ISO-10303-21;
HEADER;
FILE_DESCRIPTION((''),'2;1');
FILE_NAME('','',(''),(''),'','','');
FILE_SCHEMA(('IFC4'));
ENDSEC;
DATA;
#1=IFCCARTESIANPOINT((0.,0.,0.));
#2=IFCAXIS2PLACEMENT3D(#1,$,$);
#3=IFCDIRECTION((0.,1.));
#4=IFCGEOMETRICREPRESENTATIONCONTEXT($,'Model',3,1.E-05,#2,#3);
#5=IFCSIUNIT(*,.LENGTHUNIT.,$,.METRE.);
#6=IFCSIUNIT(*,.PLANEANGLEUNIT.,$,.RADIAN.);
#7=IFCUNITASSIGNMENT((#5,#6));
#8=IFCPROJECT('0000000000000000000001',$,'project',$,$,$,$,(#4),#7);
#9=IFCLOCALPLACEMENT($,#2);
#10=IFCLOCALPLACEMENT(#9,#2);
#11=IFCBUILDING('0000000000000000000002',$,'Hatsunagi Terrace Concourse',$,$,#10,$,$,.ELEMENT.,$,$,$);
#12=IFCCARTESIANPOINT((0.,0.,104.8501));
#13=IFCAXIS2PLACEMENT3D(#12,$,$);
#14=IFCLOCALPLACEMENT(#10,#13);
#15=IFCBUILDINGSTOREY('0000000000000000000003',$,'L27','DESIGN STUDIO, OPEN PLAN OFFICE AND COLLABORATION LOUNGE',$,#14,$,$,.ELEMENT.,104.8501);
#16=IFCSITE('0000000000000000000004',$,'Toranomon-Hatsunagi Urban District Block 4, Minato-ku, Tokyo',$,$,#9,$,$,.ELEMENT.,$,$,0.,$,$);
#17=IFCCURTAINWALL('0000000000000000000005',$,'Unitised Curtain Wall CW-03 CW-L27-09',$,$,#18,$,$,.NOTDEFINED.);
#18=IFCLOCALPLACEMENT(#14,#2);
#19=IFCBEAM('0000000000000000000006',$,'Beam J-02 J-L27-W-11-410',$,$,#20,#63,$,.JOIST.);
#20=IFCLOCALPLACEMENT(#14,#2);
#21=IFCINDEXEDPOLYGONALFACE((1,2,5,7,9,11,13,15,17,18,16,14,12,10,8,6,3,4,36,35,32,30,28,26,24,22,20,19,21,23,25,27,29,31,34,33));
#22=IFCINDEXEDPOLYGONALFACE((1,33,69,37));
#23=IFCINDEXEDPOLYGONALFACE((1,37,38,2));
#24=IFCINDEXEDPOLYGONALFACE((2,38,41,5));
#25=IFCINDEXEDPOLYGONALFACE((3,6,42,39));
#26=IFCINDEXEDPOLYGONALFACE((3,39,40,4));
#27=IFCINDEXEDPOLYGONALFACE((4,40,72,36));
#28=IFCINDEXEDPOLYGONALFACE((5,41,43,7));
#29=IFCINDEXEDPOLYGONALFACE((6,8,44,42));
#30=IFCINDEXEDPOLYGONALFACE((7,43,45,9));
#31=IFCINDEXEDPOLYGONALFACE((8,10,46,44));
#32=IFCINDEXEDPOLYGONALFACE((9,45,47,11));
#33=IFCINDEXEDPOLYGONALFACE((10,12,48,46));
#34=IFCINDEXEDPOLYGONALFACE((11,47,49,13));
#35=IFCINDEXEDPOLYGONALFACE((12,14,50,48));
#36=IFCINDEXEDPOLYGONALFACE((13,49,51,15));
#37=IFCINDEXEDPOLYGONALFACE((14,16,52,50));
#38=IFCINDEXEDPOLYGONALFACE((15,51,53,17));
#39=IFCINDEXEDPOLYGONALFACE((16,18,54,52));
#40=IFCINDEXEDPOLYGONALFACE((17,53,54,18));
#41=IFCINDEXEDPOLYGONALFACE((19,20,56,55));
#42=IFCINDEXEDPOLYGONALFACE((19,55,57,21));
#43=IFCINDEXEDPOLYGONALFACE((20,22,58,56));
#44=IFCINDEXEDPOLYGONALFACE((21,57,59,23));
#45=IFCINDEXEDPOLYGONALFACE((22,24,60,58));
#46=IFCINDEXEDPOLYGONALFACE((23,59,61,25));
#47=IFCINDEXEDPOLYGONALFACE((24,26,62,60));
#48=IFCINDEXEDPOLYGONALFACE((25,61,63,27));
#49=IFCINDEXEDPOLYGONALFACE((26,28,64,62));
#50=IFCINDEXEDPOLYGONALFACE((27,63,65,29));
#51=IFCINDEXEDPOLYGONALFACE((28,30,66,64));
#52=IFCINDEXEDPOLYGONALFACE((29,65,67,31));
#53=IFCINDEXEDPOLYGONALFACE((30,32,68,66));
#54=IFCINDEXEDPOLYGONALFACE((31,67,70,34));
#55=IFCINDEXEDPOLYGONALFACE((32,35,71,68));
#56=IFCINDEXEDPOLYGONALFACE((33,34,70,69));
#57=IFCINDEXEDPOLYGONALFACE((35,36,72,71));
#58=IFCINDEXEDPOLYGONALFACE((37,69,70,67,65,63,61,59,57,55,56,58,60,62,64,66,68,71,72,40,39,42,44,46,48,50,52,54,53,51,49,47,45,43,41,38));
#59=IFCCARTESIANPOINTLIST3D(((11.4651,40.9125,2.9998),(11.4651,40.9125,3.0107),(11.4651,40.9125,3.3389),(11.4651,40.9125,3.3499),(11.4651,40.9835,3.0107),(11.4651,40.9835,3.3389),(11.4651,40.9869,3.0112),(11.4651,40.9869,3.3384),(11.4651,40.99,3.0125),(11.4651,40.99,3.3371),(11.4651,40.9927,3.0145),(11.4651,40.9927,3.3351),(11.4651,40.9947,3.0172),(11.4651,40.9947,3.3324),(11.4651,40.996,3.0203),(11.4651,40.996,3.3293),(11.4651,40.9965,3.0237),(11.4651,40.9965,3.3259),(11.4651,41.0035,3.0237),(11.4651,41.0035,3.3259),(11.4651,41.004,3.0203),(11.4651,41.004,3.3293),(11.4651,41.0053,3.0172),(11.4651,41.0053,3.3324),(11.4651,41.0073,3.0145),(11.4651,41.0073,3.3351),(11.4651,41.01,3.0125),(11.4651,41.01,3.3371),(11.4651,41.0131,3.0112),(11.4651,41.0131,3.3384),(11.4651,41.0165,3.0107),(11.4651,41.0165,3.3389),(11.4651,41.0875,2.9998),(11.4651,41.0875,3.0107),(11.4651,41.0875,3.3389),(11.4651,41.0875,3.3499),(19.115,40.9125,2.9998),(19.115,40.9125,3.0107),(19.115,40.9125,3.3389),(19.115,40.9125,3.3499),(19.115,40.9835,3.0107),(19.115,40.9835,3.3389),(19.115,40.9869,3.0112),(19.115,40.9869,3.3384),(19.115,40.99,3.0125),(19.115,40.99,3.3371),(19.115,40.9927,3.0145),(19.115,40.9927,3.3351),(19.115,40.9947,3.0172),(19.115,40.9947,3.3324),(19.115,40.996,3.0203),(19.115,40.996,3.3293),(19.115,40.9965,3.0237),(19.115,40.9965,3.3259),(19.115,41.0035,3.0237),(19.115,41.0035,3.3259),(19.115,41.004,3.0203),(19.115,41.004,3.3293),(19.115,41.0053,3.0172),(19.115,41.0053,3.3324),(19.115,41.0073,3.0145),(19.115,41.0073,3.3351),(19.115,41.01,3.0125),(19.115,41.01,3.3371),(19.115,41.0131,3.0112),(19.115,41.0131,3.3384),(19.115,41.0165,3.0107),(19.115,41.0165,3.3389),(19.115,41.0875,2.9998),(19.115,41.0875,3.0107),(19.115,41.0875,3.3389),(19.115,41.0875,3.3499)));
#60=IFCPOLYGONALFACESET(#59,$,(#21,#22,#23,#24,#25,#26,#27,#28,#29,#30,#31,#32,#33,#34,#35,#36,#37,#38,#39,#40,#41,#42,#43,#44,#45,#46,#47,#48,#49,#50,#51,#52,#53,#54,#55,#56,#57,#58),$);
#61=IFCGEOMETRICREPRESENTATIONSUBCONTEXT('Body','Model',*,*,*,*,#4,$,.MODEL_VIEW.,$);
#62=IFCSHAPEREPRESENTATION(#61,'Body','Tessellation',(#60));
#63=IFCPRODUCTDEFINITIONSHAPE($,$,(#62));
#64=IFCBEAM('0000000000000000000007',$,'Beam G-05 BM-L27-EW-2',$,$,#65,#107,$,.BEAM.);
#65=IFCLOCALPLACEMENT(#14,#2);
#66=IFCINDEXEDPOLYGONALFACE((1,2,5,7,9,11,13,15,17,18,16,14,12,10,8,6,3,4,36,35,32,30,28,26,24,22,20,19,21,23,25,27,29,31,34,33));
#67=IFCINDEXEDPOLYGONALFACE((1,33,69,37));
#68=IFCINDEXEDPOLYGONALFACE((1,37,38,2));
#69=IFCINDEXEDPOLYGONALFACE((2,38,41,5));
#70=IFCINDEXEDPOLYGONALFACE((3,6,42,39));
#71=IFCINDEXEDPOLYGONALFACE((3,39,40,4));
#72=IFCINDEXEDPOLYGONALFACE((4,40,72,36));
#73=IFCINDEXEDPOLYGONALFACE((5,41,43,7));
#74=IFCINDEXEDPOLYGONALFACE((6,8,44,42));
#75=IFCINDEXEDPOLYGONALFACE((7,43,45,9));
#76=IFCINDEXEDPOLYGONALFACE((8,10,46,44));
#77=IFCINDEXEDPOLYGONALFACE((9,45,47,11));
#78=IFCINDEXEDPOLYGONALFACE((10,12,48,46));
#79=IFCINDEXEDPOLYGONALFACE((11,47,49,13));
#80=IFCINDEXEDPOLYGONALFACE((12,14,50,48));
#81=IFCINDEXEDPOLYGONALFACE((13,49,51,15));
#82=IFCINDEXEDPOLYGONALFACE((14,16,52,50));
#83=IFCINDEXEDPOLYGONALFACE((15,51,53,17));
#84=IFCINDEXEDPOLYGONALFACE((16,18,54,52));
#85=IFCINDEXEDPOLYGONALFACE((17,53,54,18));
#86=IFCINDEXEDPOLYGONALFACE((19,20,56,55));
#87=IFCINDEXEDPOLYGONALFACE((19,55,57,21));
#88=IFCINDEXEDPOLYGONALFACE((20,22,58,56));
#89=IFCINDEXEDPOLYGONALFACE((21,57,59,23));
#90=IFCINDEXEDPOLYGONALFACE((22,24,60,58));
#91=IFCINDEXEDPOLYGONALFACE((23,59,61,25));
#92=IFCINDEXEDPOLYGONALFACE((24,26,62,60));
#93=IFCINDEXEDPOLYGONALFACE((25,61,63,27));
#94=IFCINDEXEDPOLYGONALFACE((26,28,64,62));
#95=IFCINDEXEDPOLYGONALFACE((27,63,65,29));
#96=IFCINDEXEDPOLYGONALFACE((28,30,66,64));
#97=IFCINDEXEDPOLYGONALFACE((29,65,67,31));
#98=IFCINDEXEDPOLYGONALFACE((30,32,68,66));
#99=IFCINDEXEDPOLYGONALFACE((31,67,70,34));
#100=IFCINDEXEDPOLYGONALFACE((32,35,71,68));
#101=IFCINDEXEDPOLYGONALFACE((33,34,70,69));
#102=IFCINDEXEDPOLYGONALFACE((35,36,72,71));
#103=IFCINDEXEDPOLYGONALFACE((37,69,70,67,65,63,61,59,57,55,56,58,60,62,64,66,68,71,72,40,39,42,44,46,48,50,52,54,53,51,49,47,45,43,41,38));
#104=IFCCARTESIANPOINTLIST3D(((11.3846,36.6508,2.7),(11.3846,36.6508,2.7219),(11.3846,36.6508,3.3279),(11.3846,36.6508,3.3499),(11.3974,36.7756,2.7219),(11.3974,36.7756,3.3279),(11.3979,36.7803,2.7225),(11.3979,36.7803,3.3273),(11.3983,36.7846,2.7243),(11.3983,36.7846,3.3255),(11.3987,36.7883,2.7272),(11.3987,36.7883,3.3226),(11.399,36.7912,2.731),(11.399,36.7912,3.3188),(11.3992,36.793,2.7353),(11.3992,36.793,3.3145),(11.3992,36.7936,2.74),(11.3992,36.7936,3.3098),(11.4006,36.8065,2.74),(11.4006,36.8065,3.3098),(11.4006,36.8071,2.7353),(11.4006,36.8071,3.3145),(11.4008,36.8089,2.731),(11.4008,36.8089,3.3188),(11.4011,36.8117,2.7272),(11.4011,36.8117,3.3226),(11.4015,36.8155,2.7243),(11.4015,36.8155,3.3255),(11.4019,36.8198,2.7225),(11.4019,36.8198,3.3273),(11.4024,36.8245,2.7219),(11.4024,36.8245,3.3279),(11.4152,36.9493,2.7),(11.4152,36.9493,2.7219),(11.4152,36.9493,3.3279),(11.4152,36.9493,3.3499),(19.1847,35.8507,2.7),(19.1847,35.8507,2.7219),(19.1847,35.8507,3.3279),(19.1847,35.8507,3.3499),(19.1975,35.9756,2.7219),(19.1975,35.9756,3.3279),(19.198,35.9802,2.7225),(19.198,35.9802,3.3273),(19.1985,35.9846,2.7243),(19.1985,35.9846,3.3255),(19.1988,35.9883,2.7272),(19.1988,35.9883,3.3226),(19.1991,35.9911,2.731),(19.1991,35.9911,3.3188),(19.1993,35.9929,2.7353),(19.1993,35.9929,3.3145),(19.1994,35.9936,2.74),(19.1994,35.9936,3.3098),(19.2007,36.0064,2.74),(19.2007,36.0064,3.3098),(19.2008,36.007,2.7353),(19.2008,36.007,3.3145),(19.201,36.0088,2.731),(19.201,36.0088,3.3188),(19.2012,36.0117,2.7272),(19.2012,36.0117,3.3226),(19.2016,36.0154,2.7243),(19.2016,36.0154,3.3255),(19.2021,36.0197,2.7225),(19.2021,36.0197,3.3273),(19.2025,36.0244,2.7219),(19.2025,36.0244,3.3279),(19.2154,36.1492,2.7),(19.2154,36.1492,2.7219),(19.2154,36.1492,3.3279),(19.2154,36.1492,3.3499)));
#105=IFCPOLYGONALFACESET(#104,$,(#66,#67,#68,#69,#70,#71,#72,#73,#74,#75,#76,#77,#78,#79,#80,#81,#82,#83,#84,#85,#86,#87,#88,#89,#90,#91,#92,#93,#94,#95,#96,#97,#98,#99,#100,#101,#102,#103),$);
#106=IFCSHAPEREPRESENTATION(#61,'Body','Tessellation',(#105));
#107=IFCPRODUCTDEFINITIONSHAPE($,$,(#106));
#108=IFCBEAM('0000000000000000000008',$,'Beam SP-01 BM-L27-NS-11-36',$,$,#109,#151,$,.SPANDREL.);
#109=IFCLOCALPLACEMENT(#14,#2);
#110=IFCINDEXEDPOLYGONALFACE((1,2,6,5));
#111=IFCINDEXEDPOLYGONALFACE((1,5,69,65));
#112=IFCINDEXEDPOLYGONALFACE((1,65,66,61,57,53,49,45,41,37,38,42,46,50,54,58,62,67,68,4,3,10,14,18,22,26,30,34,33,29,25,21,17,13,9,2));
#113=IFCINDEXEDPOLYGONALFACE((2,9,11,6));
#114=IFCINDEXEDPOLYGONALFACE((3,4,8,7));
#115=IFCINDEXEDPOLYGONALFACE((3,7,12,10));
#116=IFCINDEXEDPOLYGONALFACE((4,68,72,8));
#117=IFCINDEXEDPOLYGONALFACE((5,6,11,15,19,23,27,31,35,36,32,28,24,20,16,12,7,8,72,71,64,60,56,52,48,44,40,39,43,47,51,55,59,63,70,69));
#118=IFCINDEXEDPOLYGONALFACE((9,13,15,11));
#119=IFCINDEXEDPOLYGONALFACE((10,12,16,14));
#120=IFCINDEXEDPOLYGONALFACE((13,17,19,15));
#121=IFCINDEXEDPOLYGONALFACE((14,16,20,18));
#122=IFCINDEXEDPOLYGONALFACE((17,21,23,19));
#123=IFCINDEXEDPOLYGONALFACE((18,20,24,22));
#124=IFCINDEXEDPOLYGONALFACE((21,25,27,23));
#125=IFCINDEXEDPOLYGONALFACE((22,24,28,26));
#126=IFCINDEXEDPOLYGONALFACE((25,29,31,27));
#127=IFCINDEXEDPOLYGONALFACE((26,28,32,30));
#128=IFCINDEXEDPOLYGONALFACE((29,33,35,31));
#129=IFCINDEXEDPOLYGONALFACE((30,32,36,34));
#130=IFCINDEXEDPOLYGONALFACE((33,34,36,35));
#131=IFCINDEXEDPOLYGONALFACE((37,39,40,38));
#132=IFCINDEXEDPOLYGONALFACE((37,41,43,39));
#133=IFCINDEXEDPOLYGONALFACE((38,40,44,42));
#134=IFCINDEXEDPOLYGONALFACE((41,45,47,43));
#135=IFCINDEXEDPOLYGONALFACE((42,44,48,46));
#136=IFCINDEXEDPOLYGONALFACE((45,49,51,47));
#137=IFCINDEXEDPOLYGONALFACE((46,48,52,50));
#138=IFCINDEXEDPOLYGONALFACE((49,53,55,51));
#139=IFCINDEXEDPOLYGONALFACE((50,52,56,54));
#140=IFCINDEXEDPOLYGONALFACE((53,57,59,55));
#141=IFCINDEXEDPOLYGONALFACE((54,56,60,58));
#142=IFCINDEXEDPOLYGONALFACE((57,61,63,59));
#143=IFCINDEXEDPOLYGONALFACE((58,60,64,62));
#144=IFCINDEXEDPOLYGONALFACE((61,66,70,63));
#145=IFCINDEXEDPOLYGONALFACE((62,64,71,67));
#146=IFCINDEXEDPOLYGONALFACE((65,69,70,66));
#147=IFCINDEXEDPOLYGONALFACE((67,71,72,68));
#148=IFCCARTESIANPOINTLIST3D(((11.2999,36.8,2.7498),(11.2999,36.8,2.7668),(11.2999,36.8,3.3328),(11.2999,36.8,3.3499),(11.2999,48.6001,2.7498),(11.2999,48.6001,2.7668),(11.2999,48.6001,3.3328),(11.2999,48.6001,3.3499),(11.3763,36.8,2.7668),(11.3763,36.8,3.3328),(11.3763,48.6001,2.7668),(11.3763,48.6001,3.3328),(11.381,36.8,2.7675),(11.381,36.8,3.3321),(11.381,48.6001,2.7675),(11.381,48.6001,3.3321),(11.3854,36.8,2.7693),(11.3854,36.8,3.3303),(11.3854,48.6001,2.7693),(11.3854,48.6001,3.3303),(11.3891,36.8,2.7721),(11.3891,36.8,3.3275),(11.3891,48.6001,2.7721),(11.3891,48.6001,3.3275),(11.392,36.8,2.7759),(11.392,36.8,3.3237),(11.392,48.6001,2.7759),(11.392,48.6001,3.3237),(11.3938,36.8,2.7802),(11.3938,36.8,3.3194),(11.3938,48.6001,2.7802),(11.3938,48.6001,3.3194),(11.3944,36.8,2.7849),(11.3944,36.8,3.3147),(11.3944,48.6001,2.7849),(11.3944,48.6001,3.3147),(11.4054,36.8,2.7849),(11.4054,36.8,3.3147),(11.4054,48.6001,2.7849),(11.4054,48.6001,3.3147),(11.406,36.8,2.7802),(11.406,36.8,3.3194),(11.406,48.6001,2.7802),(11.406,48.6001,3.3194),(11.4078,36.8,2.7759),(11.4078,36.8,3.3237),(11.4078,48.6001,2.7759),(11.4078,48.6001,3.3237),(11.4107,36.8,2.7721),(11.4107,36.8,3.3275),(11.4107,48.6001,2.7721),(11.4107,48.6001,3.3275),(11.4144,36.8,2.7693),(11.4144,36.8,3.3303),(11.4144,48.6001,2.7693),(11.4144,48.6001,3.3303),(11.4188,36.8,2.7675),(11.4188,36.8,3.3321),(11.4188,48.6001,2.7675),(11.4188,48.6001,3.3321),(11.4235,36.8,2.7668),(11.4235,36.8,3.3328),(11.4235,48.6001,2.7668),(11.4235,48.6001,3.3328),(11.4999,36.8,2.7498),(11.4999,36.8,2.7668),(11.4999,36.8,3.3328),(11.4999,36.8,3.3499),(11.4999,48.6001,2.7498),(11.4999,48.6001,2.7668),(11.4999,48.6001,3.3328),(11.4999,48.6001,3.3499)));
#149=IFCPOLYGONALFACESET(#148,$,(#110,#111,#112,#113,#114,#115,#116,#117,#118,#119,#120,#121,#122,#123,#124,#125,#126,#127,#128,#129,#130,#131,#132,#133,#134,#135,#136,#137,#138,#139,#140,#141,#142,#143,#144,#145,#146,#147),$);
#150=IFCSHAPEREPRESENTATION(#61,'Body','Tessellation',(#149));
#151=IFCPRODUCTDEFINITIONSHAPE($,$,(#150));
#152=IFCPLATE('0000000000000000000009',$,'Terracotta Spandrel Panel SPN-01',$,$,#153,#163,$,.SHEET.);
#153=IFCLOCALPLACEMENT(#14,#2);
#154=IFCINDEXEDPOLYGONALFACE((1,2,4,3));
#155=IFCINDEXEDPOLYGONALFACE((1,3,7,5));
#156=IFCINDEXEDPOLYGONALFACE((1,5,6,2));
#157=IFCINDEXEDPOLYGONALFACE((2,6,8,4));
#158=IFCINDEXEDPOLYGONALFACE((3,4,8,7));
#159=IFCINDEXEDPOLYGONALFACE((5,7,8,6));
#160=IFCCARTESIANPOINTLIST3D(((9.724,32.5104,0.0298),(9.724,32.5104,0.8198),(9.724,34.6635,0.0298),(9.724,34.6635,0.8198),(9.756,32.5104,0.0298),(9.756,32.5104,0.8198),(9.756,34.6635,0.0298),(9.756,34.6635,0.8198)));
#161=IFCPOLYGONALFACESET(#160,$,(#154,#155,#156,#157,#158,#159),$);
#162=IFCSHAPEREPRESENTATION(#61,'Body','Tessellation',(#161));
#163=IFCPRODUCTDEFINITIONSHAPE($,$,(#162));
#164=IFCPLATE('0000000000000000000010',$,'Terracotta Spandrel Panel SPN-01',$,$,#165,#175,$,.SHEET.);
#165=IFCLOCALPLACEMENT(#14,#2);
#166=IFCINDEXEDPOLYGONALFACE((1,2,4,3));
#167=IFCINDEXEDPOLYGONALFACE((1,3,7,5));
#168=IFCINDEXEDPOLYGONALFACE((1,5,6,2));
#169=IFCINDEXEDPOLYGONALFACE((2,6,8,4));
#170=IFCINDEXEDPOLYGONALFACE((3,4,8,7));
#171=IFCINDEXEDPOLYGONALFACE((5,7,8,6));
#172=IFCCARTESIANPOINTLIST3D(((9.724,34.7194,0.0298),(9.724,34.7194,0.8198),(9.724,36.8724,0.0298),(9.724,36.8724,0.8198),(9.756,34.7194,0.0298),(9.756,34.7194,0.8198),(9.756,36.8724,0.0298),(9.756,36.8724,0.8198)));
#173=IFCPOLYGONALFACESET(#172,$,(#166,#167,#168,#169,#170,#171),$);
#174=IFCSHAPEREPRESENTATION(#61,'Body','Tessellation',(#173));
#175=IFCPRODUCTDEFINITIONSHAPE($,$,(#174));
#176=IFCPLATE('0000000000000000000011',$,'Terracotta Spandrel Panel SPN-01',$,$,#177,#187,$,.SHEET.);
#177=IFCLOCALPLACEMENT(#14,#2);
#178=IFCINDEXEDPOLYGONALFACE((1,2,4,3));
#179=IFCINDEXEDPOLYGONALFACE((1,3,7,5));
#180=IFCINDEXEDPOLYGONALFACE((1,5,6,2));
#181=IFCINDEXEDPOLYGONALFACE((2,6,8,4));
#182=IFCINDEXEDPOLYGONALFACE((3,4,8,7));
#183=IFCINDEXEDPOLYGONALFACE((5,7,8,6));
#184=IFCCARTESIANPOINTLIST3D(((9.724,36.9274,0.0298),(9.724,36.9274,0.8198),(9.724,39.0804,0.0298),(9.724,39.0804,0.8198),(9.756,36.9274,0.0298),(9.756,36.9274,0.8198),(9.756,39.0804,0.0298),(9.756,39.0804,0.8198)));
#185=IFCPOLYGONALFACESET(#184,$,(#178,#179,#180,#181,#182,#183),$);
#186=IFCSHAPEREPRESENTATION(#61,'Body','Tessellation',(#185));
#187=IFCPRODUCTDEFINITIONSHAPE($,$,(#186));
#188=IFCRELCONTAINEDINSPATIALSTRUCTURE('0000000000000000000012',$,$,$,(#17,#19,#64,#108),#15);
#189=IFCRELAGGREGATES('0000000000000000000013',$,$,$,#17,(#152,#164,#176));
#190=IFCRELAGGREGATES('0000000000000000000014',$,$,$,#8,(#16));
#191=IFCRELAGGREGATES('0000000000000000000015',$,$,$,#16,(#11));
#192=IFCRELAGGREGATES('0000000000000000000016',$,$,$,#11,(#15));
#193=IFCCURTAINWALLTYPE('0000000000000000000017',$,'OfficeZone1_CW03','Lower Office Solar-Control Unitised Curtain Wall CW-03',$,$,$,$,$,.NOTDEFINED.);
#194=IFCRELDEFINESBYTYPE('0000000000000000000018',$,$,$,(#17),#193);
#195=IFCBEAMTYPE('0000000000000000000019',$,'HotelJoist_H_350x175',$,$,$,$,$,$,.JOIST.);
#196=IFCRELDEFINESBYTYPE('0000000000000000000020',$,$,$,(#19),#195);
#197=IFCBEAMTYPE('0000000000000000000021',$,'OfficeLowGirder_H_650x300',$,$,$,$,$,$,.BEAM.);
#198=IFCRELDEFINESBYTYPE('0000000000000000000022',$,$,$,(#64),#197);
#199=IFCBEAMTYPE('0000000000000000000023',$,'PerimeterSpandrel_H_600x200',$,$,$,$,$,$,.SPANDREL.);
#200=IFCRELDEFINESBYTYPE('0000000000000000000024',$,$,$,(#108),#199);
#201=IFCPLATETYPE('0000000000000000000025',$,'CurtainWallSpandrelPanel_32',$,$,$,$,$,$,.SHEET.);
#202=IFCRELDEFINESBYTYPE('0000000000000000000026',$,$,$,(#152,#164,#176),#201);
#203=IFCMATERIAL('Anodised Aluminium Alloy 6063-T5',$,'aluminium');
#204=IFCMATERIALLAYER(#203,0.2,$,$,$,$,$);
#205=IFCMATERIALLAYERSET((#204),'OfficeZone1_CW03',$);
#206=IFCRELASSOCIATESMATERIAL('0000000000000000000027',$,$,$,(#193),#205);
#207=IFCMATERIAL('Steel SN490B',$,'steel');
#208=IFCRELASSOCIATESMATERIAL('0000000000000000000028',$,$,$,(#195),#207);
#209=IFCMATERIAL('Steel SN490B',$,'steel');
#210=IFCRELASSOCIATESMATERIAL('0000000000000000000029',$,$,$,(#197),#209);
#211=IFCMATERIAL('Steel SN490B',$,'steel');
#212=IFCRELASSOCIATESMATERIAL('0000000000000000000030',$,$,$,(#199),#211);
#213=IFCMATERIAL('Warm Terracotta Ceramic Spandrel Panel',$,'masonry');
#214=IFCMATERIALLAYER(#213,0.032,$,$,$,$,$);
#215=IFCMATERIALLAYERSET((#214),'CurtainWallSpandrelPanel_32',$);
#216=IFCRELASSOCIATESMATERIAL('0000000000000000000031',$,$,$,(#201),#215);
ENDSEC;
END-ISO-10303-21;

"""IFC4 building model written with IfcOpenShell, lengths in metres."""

from ifc_helpers import new_model, si_unit, direction, frame, origin, origin_2d, place, context, subcontext, project, spatial, rectangle, i_section, extrude, material, layer, layer_set, material_profile, profile_set, type_object, element, aggregate, save


model = new_model("IFC4")

# Units and contexts
model_context = context("Model", 3, precision=1e-05, world=origin(), true_north=direction((0.0, 1.0)))
body_context = subcontext(model_context, "Body", "Model", "MODEL_VIEW")
ifc_project = project(units=[si_unit("LENGTHUNIT", "METRE"), si_unit("PLANEANGLEUNIT", "RADIAN")], contexts=[model_context])

# Site, building, storey
site_placement = place(None, origin())
site = spatial("IfcSite", under=ifc_project, at=site_placement, Name="Toranomon-Hatsunagi Urban District Block 4, Minato-ku, Tokyo", CompositionType="ELEMENT", RefElevation=0.0)
building_placement = place(site_placement, origin())
building = spatial("IfcBuilding", under=site, at=building_placement, Name="Hatsunagi Terrace Concourse", CompositionType="ELEMENT")
storey_placement = place(building_placement, frame((0.0, 0.0, 104.8501)))
storey = spatial("IfcBuildingStorey", under=building, at=storey_placement, Name="L27", Description="DESIGN STUDIO, OPEN PLAN OFFICE AND COLLABORATION LOUNGE", CompositionType="ELEMENT", Elevation=104.8501)

# Curtain wall
ifc_material_1 = material(Name="Anodised Aluminium Alloy 6063-T5", Category="aluminium")
ifc_layer_1 = layer(ifc_material_1, 0.2)
ifc_layer_set_1 = layer_set([ifc_layer_1], Name="OfficeZone1_CW03")
curtain_wall_type = type_object("IfcCurtainWallType", Name="OfficeZone1_CW03", Description="Lower Office Solar-Control Unitised Curtain Wall CW-03", PredefinedType="NOTDEFINED", material=ifc_layer_set_1)
curtain_wall_placement = place(storey_placement, origin())
curtain_wall = element("IfcCurtainWall", 1, at=curtain_wall_placement, inside=storey, type_object=curtain_wall_type, Name="Unitised Curtain Wall CW-03 CW-L27-09", PredefinedType="NOTDEFINED")

# Beams
ifc_material_2 = material(Name="Steel SN490B", Category="steel")
ifc_material_profile_1 = material_profile(ifc_material_2, i_section(OverallWidth=0.175, OverallDepth=0.3501, WebThickness=0.0071, FlangeThickness=0.011, FilletRadius=0.0129, at=origin_2d()), Name="H-350x175x7x11")
ifc_profile_set_1 = profile_set([ifc_material_profile_1], Name="Steel SN490B")
beam_type_1 = type_object("IfcBeamType", Name="HotelJoist_H_350x175", PredefinedType="JOIST", material=ifc_profile_set_1)
for number, where, z_axis, x_axis, name in (
    (2, (11.4651, 41.0, 3.1748), (1.0, 0.0, 0.0), (0.0, 1.0, 0.0), "Beam J-02 J-L27-W-11-410"),
):
    element("IfcBeam", number, at=place(storey_placement, frame(where, z_axis=z_axis, x_axis=x_axis)), inside=storey, type_object=beam_type_1, Name=name, PredefinedType="JOIST", context=body_context, shape_type="SweptSolid", body=[
        extrude(i_section(OverallWidth=0.175, OverallDepth=0.3501, WebThickness=0.0071, FlangeThickness=0.011, FilletRadius=0.0129, at=origin_2d()), origin(), (0.0, 0.0, 1.0), 7.6499),
    ])
ifc_material_3 = material(Name="Steel SN490B", Category="steel")
ifc_material_profile_2 = material_profile(ifc_material_3, i_section(OverallWidth=0.3, OverallDepth=0.6499, WebThickness=0.0129, FlangeThickness=0.022, FilletRadius=0.0181, at=origin_2d()), Name="H-650x300x13x22")
ifc_profile_set_2 = profile_set([ifc_material_profile_2], Name="Steel SN490B")
beam_type_2 = type_object("IfcBeamType", Name="OfficeLowGirder_H_650x300", PredefinedType="BEAM", material=ifc_profile_set_2)
beam_1_placement = place(storey_placement, frame((11.3999, 36.8, 3.0249), z_axis=(0.994781, -0.102034, 0.0), x_axis=(0.102034, 0.994781, 0.0)))
element("IfcBeam", 3, at=beam_1_placement, inside=storey, type_object=beam_type_2, Name="Beam G-05 BM-L27-EW-2", PredefinedType="BEAM", context=body_context, shape_type="SweptSolid", body=[
    extrude(i_section(OverallWidth=0.3, OverallDepth=0.6499, WebThickness=0.0129, FlangeThickness=0.022, FilletRadius=0.0181, at=origin_2d()), origin(), (0.0, 0.0, 1.0), 7.8411),
])
ifc_material_4 = material(Name="Steel SN490B", Category="steel")
ifc_material_profile_3 = material_profile(ifc_material_4, i_section(OverallWidth=0.2, OverallDepth=0.6001, WebThickness=0.011, FlangeThickness=0.0171, FilletRadius=0.0181, at=origin_2d()), Name="H-600x200x11x17")
ifc_profile_set_3 = profile_set([ifc_material_profile_3], Name="Steel SN490B")
beam_type_3 = type_object("IfcBeamType", Name="PerimeterSpandrel_H_600x200", PredefinedType="SPANDREL", material=ifc_profile_set_3)
beam_2_placement = place(storey_placement, frame((11.3999, 36.8, 3.0498), z_axis=(0.0, 1.0, 0.0), x_axis=(-1.0, 0.0, 0.0)))
element("IfcBeam", 4, at=beam_2_placement, inside=storey, type_object=beam_type_3, Name="Beam SP-01 BM-L27-NS-11-36", PredefinedType="SPANDREL", context=body_context, shape_type="SweptSolid", body=[
    extrude(i_section(OverallWidth=0.2, OverallDepth=0.6001, WebThickness=0.011, FlangeThickness=0.0171, FilletRadius=0.0181, at=origin_2d()), origin(), (0.0, 0.0, 1.0), 11.8),
])

# Plates
ifc_material_5 = material(Name="Warm Terracotta Ceramic Spandrel Panel", Category="masonry")
ifc_layer_2 = layer(ifc_material_5, 0.032)
ifc_layer_set_2 = layer_set([ifc_layer_2], Name="CurtainWallSpandrelPanel_32")
plate_type_1 = type_object("IfcPlateType", Name="CurtainWallSpandrelPanel_32", PredefinedType="SHEET", material=ifc_layer_set_2)
plate_1_placement = place(storey_placement, frame((9.74, 33.5869, 0.0298), z_axis=(0.0, 0.0, 1.0), x_axis=(0.0, 1.0, 0.0)))
plate_1 = element("IfcPlate", 5, at=plate_1_placement, type_object=plate_type_1, Name="Terracotta Spandrel Panel SPN-01", PredefinedType="SHEET", context=body_context, shape_type="SweptSolid", body=[
    extrude(rectangle(XDim=2.1531, YDim=0.032, at=origin_2d()), origin(), (0.0, 0.0, 1.0), 0.79),
])
plate_2_placement = place(storey_placement, frame((9.74, 35.7959, 0.0298), z_axis=(0.0, 0.0, 1.0), x_axis=(0.0, 1.0, 0.0)))
plate_2 = element("IfcPlate", 6, at=plate_2_placement, type_object=plate_type_1, Name="Terracotta Spandrel Panel SPN-01", PredefinedType="SHEET", context=body_context, shape_type="SweptSolid", body=[
    extrude(rectangle(XDim=2.1531, YDim=0.032, at=origin_2d()), origin(), (0.0, 0.0, 1.0), 0.79),
])
plate_3_placement = place(storey_placement, frame((9.74, 38.0039, 0.0298), z_axis=(0.0, 0.0, 1.0), x_axis=(0.0, 1.0, 0.0)))
plate_3 = element("IfcPlate", 7, at=plate_3_placement, type_object=plate_type_1, Name="Terracotta Spandrel Panel SPN-01", PredefinedType="SHEET", context=body_context, shape_type="SweptSolid", body=[
    extrude(rectangle(XDim=2.1531, YDim=0.032, at=origin_2d()), origin(), (0.0, 0.0, 1.0), 0.79),
])
aggregate(curtain_wall, [plate_1, plate_2, plate_3])

save(model, "model.ifc")
